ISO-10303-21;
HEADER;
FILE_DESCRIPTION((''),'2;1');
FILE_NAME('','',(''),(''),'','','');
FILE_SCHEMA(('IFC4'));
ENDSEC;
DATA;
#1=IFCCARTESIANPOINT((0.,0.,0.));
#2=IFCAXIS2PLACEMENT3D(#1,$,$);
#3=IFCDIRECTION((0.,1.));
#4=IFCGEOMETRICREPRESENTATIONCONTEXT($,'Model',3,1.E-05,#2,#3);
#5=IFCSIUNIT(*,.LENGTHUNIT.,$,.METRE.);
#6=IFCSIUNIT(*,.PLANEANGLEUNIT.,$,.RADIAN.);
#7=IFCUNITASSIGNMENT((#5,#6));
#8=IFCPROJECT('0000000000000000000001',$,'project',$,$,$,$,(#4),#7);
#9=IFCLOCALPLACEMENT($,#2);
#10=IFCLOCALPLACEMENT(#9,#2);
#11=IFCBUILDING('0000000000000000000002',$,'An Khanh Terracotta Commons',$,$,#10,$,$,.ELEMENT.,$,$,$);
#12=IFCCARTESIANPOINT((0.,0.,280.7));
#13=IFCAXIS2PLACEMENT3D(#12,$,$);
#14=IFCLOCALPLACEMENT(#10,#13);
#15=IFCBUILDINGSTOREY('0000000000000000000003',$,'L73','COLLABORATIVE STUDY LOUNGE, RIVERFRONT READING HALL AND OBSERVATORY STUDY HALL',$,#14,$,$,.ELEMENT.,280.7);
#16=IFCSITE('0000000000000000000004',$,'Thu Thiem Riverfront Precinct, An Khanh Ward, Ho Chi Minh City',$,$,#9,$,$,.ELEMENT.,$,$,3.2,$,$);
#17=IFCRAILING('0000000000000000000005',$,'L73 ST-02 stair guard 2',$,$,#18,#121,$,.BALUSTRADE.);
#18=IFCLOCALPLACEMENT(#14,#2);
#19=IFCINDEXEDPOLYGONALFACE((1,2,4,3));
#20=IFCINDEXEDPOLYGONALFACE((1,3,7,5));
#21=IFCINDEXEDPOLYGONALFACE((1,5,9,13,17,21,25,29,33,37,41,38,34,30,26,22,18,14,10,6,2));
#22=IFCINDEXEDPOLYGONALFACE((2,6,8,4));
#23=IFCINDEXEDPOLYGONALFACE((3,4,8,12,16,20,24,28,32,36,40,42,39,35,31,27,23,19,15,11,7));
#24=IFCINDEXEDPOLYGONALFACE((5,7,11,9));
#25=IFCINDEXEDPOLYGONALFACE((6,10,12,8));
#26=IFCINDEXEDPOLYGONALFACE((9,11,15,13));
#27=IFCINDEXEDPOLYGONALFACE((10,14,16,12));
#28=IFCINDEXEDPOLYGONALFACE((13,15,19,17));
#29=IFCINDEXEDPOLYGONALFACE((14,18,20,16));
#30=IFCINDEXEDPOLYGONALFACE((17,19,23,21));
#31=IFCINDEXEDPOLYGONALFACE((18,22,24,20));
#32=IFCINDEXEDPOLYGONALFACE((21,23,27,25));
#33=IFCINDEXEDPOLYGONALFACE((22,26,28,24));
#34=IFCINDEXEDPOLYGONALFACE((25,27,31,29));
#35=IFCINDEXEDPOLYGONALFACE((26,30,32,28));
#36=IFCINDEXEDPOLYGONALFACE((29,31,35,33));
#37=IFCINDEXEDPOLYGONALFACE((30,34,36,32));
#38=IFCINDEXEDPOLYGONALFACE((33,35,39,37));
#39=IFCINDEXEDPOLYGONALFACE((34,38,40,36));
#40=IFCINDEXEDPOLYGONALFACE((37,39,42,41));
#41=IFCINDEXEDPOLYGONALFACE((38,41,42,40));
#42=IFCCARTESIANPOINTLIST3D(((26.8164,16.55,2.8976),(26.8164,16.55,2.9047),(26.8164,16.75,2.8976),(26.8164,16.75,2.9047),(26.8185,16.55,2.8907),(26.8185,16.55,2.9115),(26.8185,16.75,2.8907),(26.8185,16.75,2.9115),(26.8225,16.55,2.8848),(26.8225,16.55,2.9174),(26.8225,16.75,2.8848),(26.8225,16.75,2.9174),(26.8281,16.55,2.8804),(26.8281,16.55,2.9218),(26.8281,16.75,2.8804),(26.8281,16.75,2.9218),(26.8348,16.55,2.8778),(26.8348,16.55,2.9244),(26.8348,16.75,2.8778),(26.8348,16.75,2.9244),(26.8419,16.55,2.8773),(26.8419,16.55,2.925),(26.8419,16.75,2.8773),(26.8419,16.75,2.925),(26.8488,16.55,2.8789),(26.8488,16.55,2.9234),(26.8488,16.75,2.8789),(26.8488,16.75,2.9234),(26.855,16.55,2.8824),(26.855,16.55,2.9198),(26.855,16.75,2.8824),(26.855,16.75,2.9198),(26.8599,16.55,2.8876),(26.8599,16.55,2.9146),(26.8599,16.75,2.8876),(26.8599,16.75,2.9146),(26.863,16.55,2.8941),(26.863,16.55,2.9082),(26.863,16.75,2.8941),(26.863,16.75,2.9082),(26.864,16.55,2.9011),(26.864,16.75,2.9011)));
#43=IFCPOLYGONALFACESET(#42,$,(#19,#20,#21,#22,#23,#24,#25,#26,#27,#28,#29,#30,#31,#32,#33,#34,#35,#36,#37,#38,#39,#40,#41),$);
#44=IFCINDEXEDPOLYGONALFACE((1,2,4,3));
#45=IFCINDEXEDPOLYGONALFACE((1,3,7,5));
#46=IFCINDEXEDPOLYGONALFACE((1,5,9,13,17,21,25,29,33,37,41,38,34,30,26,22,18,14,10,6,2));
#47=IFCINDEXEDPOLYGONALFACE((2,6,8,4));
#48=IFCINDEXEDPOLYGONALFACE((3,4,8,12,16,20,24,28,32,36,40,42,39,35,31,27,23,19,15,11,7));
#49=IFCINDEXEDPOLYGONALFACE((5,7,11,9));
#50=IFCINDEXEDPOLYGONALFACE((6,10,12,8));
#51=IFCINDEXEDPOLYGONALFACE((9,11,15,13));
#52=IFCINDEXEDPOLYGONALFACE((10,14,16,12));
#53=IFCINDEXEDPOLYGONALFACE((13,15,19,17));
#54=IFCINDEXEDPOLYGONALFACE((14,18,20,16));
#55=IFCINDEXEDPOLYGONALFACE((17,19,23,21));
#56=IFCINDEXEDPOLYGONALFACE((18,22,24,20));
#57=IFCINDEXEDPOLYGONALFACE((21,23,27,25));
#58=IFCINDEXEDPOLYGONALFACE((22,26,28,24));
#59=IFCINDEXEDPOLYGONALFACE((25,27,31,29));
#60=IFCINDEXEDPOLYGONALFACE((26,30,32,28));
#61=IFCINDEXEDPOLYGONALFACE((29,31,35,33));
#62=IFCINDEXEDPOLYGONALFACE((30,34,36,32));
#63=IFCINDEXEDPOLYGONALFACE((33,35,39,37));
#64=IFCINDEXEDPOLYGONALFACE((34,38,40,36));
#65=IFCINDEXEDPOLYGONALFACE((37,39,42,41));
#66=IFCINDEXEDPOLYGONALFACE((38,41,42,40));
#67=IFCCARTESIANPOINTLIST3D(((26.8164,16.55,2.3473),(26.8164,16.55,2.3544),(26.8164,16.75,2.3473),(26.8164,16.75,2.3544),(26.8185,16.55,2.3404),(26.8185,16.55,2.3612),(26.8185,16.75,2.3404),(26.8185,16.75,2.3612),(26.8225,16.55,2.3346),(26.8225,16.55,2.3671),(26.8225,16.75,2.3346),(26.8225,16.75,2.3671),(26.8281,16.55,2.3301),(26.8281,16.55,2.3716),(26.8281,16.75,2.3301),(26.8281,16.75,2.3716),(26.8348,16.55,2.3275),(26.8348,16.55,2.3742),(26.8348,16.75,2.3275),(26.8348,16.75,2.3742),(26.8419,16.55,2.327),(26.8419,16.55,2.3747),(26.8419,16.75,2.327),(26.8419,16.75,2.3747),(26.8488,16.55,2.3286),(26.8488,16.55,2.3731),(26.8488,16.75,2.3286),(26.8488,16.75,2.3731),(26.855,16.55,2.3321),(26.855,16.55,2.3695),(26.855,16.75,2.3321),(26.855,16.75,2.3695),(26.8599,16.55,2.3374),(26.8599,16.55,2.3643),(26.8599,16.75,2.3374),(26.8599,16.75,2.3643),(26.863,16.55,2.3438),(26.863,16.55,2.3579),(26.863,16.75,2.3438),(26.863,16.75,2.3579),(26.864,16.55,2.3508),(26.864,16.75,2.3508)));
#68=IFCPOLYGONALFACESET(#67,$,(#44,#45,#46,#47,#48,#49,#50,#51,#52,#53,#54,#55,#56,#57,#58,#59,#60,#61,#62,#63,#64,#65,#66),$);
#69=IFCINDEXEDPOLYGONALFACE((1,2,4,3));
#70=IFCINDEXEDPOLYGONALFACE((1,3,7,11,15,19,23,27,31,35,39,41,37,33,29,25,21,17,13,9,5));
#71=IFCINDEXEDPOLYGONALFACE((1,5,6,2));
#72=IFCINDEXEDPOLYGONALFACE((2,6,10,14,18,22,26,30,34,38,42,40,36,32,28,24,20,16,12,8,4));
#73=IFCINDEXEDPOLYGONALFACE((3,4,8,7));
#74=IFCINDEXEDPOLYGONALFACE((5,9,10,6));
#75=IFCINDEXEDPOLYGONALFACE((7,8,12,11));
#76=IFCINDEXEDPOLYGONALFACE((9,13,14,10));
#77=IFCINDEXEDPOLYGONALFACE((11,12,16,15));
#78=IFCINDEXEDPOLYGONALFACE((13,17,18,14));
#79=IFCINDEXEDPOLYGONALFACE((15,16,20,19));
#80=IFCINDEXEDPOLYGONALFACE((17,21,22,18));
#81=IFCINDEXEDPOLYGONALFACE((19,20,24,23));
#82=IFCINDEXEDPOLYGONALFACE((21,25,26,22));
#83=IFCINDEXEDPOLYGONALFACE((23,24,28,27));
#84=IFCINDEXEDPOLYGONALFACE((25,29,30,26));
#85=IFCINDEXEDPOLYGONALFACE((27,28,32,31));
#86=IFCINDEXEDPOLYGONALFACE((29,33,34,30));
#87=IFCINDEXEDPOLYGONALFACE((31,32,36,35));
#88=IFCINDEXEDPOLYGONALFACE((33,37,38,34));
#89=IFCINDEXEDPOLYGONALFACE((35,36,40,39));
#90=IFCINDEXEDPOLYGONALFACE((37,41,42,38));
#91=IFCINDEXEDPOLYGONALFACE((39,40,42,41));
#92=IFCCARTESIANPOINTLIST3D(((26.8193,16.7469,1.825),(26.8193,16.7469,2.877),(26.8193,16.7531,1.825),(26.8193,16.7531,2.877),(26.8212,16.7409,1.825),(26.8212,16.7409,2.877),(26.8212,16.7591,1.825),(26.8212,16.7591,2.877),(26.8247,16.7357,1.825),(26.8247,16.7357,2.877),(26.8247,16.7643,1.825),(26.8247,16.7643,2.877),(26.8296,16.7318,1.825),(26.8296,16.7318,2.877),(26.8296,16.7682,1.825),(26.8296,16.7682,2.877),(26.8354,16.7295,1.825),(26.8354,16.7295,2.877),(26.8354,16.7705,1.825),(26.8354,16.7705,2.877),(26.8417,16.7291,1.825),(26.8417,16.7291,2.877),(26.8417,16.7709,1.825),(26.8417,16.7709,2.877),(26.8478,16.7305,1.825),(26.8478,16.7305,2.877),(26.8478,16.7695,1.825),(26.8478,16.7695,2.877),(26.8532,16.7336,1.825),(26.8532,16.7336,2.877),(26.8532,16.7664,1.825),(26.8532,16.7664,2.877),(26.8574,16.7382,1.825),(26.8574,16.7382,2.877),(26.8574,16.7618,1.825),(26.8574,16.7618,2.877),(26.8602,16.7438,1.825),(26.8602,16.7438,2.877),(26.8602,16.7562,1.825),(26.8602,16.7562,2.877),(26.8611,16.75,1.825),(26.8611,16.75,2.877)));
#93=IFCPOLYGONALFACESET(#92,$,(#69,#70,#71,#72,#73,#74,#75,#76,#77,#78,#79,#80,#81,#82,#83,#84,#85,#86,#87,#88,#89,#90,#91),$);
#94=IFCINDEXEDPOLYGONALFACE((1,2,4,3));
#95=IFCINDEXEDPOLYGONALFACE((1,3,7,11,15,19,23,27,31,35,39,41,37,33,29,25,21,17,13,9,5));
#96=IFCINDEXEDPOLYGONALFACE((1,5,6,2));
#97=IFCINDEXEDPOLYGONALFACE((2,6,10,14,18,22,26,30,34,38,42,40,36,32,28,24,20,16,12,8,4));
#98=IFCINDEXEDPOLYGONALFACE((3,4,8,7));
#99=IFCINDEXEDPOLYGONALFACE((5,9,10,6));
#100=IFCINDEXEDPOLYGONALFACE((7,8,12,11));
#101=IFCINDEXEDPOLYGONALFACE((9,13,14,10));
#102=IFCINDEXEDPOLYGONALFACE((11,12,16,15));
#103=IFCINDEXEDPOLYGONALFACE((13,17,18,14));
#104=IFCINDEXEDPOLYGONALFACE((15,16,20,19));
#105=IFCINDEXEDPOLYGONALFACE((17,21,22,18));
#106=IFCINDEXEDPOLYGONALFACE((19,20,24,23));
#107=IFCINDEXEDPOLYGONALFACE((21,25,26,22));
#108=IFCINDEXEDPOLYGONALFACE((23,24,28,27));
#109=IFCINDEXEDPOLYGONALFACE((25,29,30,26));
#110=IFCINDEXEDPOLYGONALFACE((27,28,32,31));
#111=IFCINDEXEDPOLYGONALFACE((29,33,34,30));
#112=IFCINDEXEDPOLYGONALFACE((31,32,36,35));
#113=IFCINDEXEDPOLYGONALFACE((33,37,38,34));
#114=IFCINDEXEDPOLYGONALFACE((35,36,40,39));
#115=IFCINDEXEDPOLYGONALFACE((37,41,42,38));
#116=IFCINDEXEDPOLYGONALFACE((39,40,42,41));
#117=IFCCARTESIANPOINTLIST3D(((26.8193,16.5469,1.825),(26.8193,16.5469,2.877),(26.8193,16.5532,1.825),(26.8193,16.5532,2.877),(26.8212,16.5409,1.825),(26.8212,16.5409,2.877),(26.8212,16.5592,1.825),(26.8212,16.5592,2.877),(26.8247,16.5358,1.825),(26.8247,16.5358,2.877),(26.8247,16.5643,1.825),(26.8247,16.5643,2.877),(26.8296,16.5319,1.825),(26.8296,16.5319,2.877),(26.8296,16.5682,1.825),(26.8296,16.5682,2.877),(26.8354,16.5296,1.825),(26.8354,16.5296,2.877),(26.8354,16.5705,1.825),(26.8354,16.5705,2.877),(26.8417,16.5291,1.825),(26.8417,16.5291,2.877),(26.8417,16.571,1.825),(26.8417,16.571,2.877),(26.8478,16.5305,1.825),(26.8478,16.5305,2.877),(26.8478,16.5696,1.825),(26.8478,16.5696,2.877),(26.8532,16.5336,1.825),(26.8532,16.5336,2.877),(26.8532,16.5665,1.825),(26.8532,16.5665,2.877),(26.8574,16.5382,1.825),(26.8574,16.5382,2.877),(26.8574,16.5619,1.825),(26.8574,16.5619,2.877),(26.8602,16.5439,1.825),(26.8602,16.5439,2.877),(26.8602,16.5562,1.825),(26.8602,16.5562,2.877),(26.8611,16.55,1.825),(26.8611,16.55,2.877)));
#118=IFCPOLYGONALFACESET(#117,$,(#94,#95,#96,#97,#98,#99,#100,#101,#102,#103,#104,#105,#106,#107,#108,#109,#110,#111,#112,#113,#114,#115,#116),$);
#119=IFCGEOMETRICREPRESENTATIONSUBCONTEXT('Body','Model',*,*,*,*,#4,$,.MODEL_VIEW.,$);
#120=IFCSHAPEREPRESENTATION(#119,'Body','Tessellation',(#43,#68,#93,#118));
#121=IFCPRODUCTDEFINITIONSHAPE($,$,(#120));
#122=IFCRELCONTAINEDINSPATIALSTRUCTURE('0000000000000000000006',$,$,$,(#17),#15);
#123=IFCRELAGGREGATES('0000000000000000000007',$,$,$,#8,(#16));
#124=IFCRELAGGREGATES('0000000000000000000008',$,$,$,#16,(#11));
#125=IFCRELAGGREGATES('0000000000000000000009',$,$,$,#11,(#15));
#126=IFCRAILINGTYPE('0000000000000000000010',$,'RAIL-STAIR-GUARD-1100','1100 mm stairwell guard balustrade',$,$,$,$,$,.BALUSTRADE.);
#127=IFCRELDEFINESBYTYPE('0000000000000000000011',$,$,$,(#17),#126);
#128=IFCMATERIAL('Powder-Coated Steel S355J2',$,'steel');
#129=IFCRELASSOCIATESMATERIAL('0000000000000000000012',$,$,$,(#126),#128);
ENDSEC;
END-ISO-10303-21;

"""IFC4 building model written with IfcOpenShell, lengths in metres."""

from ifc_helpers import new_model, si_unit, direction, frame, origin, origin_2d, place, context, subcontext, project, spatial, circle, extrude, material, type_object, element, save


model = new_model("IFC4")

# Units and contexts
model_context = context("Model", 3, precision=1e-05, world=origin(), true_north=direction((0.0, 1.0)))
body_context = subcontext(model_context, "Body", "Model", "MODEL_VIEW")
ifc_project = project(units=[si_unit("LENGTHUNIT", "METRE"), si_unit("PLANEANGLEUNIT", "RADIAN")], contexts=[model_context])

# Site, building, storey
site_placement = place(None, origin())
site = spatial("IfcSite", under=ifc_project, at=site_placement, Name="Thu Thiem Riverfront Precinct, An Khanh Ward, Ho Chi Minh City", CompositionType="ELEMENT", RefElevation=3.2)
building_placement = place(site_placement, origin())
building = spatial("IfcBuilding", under=site, at=building_placement, Name="An Khanh Terracotta Commons", CompositionType="ELEMENT")
storey_placement = place(building_placement, frame((0.0, 0.0, 280.7)))
storey = spatial("IfcBuildingStorey", under=building, at=storey_placement, Name="L73", Description="COLLABORATIVE STUDY LOUNGE, RIVERFRONT READING HALL AND OBSERVATORY STUDY HALL", CompositionType="ELEMENT", Elevation=280.7)

# Railing
ifc_material_1 = material(Name="Powder-Coated Steel S355J2", Category="steel")
railing_type_1 = type_object("IfcRailingType", Name="RAIL-STAIR-GUARD-1100", Description="1100 mm stairwell guard balustrade", PredefinedType="BALUSTRADE", material=ifc_material_1)
railing_1_placement = place(storey_placement, frame((26.8401, 16.75, 1.825)))
element("IfcRailing", 1, at=railing_1_placement, inside=storey, type_object=railing_type_1, Name="L73 ST-02 stair guard 2", PredefinedType="BALUSTRADE", context=body_context, shape_type="SweptSolid", body=[
    extrude(circle(Radius=0.0239, at=origin_2d()), frame((0.0, 0.0, 1.0762), z_axis=(0.0, -1.0, 0.0), x_axis=(1.0, 0.0, 0.0)), (0.0, 0.0, 1.0), 0.2),
    extrude(circle(Radius=0.0239, at=origin_2d()), frame((0.0, 0.0, 0.5259), z_axis=(0.0, -1.0, 0.0), x_axis=(1.0, 0.0, 0.0)), (0.0, 0.0, 1.0), 0.2),
    extrude(circle(Radius=0.021, at=origin_2d()), origin(), (0.0, 0.0, 1.0), 1.052),
    extrude(circle(Radius=0.021, at=origin_2d()), frame((0.0, -0.2, 0.0)), (0.0, 0.0, 1.0), 1.052),
])

save(model, "model.ifc")
